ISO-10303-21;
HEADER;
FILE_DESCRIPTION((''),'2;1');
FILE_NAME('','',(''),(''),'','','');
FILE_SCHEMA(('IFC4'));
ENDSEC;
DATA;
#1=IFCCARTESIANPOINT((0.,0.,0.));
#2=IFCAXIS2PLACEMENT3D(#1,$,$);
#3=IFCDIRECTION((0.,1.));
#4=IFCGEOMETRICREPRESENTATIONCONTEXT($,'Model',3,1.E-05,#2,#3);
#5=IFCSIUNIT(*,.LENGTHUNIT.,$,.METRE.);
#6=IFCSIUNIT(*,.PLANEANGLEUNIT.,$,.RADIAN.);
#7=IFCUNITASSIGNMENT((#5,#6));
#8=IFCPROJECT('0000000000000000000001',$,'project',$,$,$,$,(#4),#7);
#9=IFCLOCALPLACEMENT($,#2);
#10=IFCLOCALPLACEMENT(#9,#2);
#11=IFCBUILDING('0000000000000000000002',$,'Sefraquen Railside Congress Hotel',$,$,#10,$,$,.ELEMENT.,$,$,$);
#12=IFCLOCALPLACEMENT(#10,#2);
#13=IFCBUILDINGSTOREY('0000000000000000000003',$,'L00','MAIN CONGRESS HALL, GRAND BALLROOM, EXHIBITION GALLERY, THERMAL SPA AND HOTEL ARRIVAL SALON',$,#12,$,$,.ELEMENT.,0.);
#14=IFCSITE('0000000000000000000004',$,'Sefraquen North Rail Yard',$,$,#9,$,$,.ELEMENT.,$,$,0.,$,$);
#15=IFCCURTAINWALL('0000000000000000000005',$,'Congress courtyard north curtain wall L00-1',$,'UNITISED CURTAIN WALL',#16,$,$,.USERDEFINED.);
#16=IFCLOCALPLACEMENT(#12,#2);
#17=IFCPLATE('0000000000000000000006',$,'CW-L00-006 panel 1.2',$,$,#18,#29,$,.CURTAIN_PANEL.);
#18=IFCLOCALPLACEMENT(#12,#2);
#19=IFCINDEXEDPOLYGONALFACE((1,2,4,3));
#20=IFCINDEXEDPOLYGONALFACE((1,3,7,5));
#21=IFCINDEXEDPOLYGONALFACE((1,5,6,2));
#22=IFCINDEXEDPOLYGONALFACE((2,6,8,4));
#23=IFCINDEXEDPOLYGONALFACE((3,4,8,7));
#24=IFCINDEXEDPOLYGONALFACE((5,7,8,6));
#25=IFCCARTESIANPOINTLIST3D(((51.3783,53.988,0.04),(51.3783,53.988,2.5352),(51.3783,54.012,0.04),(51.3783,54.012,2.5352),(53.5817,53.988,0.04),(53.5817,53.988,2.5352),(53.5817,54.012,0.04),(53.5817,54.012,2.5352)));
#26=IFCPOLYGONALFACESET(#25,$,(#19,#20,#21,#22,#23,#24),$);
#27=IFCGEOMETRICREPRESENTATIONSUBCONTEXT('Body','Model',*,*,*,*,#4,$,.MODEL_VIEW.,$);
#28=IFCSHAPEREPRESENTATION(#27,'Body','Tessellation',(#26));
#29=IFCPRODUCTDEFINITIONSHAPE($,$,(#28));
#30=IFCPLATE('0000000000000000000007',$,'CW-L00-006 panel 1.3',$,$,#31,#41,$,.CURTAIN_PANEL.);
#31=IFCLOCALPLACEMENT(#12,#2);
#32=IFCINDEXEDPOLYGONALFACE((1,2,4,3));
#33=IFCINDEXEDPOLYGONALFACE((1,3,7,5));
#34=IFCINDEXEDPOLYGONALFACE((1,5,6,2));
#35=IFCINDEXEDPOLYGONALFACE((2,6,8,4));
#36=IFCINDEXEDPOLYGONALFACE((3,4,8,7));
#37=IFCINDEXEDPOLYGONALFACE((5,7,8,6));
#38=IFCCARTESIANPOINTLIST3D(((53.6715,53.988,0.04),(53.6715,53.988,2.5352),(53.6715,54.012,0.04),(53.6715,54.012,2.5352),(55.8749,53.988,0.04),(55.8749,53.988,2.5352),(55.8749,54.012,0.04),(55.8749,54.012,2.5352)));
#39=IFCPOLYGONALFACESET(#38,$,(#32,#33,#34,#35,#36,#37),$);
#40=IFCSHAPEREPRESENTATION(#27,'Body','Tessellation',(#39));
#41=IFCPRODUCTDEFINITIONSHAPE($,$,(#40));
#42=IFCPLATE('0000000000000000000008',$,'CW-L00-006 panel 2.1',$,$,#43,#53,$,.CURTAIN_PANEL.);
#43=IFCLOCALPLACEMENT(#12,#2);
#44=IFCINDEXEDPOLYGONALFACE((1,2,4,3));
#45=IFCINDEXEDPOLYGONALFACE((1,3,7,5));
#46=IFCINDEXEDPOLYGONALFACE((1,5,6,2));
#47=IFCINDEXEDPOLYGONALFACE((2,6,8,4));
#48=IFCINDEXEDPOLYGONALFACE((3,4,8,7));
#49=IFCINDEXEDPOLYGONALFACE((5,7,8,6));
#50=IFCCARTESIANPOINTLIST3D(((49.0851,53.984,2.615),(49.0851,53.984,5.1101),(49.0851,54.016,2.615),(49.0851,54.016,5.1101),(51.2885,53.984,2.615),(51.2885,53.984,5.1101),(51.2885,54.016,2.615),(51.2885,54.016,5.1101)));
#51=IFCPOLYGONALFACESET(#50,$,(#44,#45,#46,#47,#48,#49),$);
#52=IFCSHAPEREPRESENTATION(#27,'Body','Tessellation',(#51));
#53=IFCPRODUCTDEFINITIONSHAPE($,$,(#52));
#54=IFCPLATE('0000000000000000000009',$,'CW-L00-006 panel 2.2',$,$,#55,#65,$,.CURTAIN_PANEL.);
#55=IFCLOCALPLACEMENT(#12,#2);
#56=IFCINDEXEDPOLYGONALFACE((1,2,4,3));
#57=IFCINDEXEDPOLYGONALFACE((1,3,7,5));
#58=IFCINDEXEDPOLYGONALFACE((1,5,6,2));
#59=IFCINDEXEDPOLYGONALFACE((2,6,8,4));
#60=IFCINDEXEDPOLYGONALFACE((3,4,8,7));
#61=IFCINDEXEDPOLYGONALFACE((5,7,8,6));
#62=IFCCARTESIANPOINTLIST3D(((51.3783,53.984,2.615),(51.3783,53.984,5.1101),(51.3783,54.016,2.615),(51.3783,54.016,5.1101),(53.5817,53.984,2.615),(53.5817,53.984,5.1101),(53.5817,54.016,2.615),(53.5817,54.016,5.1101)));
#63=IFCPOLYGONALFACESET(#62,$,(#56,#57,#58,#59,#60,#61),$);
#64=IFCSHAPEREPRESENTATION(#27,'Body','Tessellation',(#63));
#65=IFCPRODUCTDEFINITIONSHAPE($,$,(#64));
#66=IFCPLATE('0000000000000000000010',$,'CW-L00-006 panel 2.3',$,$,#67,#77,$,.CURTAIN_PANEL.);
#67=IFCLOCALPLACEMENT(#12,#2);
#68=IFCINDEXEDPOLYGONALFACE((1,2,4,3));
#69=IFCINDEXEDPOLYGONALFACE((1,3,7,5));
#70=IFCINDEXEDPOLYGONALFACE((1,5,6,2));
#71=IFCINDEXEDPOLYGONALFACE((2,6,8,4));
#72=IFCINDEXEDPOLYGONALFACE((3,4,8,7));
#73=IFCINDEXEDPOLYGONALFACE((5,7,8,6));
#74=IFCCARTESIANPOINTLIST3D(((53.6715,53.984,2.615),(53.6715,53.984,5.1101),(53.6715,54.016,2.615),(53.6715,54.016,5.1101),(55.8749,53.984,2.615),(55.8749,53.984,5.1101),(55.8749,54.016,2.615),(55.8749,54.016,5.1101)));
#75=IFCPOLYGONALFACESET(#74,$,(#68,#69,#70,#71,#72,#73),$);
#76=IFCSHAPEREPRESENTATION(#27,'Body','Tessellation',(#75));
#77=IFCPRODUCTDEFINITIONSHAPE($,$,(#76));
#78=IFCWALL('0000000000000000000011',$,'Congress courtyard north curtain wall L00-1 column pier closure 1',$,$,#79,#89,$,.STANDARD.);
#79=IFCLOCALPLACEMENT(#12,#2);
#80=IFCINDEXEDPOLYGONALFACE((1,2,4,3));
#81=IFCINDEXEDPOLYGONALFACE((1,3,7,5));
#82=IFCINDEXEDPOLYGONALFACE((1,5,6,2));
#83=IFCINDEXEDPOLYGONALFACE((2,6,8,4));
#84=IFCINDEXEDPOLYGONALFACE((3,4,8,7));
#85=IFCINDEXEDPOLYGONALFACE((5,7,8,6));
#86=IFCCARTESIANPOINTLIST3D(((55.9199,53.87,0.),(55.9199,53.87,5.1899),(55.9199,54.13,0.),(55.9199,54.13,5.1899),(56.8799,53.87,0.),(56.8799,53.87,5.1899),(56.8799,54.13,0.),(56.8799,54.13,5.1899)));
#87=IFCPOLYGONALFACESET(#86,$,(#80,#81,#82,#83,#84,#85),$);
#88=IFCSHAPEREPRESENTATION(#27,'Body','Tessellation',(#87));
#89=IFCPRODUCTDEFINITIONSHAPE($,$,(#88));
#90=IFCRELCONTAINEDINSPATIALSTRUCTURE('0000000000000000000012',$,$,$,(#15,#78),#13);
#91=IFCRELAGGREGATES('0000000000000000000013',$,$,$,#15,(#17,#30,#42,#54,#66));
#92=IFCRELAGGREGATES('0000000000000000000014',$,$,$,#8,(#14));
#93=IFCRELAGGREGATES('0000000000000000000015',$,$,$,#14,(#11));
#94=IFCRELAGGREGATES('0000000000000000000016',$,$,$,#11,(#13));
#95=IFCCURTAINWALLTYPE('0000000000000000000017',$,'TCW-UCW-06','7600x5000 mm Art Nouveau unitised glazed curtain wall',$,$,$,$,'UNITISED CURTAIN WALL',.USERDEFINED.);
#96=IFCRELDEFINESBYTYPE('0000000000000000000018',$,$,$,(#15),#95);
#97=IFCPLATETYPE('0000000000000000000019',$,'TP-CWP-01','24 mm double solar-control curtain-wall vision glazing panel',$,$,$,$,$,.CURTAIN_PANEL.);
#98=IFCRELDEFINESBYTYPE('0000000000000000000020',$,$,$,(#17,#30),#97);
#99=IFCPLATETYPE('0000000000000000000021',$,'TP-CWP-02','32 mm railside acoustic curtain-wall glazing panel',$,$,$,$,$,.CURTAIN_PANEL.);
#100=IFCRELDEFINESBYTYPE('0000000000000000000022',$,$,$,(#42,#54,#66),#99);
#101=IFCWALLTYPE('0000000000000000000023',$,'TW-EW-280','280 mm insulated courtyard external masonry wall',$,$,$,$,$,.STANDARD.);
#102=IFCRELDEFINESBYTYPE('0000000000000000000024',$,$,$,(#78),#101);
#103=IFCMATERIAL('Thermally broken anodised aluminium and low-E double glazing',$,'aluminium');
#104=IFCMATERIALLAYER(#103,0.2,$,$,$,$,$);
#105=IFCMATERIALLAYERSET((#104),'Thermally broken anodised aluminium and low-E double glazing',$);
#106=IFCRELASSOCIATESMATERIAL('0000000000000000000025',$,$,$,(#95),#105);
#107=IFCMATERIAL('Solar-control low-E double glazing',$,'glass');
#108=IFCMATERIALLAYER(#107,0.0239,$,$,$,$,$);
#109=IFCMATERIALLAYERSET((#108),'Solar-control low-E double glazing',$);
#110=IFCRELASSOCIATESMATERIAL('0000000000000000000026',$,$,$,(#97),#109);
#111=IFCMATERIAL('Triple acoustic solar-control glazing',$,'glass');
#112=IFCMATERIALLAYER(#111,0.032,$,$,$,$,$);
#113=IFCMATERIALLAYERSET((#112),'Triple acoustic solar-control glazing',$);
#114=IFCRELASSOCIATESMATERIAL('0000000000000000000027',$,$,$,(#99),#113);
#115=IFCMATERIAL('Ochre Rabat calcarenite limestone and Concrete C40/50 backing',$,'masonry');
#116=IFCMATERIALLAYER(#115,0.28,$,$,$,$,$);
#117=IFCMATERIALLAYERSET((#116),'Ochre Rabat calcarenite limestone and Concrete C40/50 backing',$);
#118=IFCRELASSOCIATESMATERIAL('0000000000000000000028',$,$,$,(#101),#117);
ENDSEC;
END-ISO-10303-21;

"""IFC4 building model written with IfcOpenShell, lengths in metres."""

from ifc_helpers import new_model, si_unit, direction, frame, frame_2d, origin, origin_2d, place, context, subcontext, project, spatial, rectangle, extrude, material, layer, layer_set, type_object, element, aggregate, save


model = new_model("IFC4")

# Units and contexts
model_context = context("Model", 3, precision=1e-05, world=origin(), true_north=direction((0.0, 1.0)))
body_context = subcontext(model_context, "Body", "Model", "MODEL_VIEW")
ifc_project = project(units=[si_unit("LENGTHUNIT", "METRE"), si_unit("PLANEANGLEUNIT", "RADIAN")], contexts=[model_context])

# Site, building, storey
site_placement = place(None, origin())
site = spatial("IfcSite", under=ifc_project, at=site_placement, Name="Sefraquen North Rail Yard", CompositionType="ELEMENT", RefElevation=0.0)
building_placement = place(site_placement, origin())
building = spatial("IfcBuilding", under=site, at=building_placement, Name="Sefraquen Railside Congress Hotel", CompositionType="ELEMENT")
storey_placement = place(building_placement, origin())
storey = spatial("IfcBuildingStorey", under=building, at=storey_placement, Name="L00", Description="MAIN CONGRESS HALL, GRAND BALLROOM, EXHIBITION GALLERY, THERMAL SPA AND HOTEL ARRIVAL SALON", CompositionType="ELEMENT", Elevation=0.0)

# Curtain wall, plates
ifc_material_1 = material(Name="Thermally broken anodised aluminium and low-E double glazing", Category="aluminium")
ifc_layer_1 = layer(ifc_material_1, 0.2)
ifc_layer_set_1 = layer_set([ifc_layer_1], Name="Thermally broken anodised aluminium and low-E double glazing")
curtain_wall_type = type_object("IfcCurtainWallType", Name="TCW-UCW-06", Description="7600x5000 mm Art Nouveau unitised glazed curtain wall", ElementType="UNITISED CURTAIN WALL", PredefinedType="USERDEFINED", material=ifc_layer_set_1)
curtain_wall_placement = place(storey_placement, origin())
curtain_wall = element("IfcCurtainWall", 1, at=curtain_wall_placement, inside=storey, type_object=curtain_wall_type, Name="Congress courtyard north curtain wall L00-1", ObjectType="UNITISED CURTAIN WALL", PredefinedType="USERDEFINED")
ifc_material_2 = material(Name="Solar-control low-E double glazing", Category="glass")
ifc_layer_2 = layer(ifc_material_2, 0.0239)
ifc_layer_set_2 = layer_set([ifc_layer_2], Name="Solar-control low-E double glazing")
plate_type_1 = type_object("IfcPlateType", Name="TP-CWP-01", Description="24 mm double solar-control curtain-wall vision glazing panel", PredefinedType="CURTAIN_PANEL", material=ifc_layer_set_2)
plate_1_placement = place(storey_placement, frame((52.48, 54.0, 0.04), z_axis=(0.0, 0.0, 1.0), x_axis=(1.0, 0.0, 0.0)))
plate_1 = element("IfcPlate", 2, at=plate_1_placement, type_object=plate_type_1, Name="CW-L00-006 panel 1.2", PredefinedType="CURTAIN_PANEL", context=body_context, shape_type="SweptSolid", body=[
    extrude(rectangle(XDim=2.2034, YDim=0.0239, at=origin_2d()), origin(), (0.0, 0.0, 1.0), 2.4951),
])
plate_2_placement = place(storey_placement, frame((54.7732, 54.0, 0.04), z_axis=(0.0, 0.0, 1.0), x_axis=(1.0, 0.0, 0.0)))
plate_2 = element("IfcPlate", 3, at=plate_2_placement, type_object=plate_type_1, Name="CW-L00-006 panel 1.3", PredefinedType="CURTAIN_PANEL", context=body_context, shape_type="SweptSolid", body=[
    extrude(rectangle(XDim=2.2034, YDim=0.0239, at=origin_2d()), origin(), (0.0, 0.0, 1.0), 2.4951),
])
ifc_material_3 = material(Name="Triple acoustic solar-control glazing", Category="glass")
ifc_layer_3 = layer(ifc_material_3, 0.032)
ifc_layer_set_3 = layer_set([ifc_layer_3], Name="Triple acoustic solar-control glazing")
plate_type_2 = type_object("IfcPlateType", Name="TP-CWP-02", Description="32 mm railside acoustic curtain-wall glazing panel", PredefinedType="CURTAIN_PANEL", material=ifc_layer_set_3)
plate_3_placement = place(storey_placement, frame((50.1868, 54.0, 2.615), z_axis=(0.0, 0.0, 1.0), x_axis=(1.0, 0.0, 0.0)))
plate_3 = element("IfcPlate", 4, at=plate_3_placement, type_object=plate_type_2, Name="CW-L00-006 panel 2.1", PredefinedType="CURTAIN_PANEL", context=body_context, shape_type="SweptSolid", body=[
    extrude(rectangle(XDim=2.2034, YDim=0.032, at=origin_2d()), origin(), (0.0, 0.0, 1.0), 2.4951),
])
plate_4_placement = place(storey_placement, frame((52.48, 54.0, 2.615), z_axis=(0.0, 0.0, 1.0), x_axis=(1.0, 0.0, 0.0)))
plate_4 = element("IfcPlate", 5, at=plate_4_placement, type_object=plate_type_2, Name="CW-L00-006 panel 2.2", PredefinedType="CURTAIN_PANEL", context=body_context, shape_type="SweptSolid", body=[
    extrude(rectangle(XDim=2.2034, YDim=0.032, at=origin_2d()), origin(), (0.0, 0.0, 1.0), 2.4951),
])
plate_5_placement = place(storey_placement, frame((54.7732, 54.0, 2.615), z_axis=(0.0, 0.0, 1.0), x_axis=(1.0, 0.0, 0.0)))
plate_5 = element("IfcPlate", 6, at=plate_5_placement, type_object=plate_type_2, Name="CW-L00-006 panel 2.3", PredefinedType="CURTAIN_PANEL", context=body_context, shape_type="SweptSolid", body=[
    extrude(rectangle(XDim=2.2034, YDim=0.032, at=origin_2d()), origin(), (0.0, 0.0, 1.0), 2.4951),
])
aggregate(curtain_wall, [plate_1, plate_2, plate_3, plate_4, plate_5])

# Wall
ifc_material_4 = material(Name="Ochre Rabat calcarenite limestone and Concrete C40/50 backing", Category="masonry")
ifc_layer_4 = layer(ifc_material_4, 0.28)
ifc_layer_set_4 = layer_set([ifc_layer_4], Name="Ochre Rabat calcarenite limestone and Concrete C40/50 backing")
wall_type = type_object("IfcWallType", Name="TW-EW-280", Description="280 mm insulated courtyard external masonry wall", PredefinedType="STANDARD", material=ifc_layer_set_4)
wall_placement = place(storey_placement, frame((55.9199, 54.0, 0.0), z_axis=(0.0, 0.0, 1.0), x_axis=(1.0, 0.0, 0.0)))
element("IfcWall", 7, at=wall_placement, inside=storey, type_object=wall_type, Name="Congress courtyard north curtain wall L00-1 column pier closure 1", PredefinedType="STANDARD", context=body_context, shape_type="SweptSolid", body=[
    extrude(rectangle(XDim=0.96, YDim=0.26, at=frame_2d((0.48, 0.0))), origin(), (0.0, 0.0, 1.0), 5.1899),
])

save(model, "model.ifc")
